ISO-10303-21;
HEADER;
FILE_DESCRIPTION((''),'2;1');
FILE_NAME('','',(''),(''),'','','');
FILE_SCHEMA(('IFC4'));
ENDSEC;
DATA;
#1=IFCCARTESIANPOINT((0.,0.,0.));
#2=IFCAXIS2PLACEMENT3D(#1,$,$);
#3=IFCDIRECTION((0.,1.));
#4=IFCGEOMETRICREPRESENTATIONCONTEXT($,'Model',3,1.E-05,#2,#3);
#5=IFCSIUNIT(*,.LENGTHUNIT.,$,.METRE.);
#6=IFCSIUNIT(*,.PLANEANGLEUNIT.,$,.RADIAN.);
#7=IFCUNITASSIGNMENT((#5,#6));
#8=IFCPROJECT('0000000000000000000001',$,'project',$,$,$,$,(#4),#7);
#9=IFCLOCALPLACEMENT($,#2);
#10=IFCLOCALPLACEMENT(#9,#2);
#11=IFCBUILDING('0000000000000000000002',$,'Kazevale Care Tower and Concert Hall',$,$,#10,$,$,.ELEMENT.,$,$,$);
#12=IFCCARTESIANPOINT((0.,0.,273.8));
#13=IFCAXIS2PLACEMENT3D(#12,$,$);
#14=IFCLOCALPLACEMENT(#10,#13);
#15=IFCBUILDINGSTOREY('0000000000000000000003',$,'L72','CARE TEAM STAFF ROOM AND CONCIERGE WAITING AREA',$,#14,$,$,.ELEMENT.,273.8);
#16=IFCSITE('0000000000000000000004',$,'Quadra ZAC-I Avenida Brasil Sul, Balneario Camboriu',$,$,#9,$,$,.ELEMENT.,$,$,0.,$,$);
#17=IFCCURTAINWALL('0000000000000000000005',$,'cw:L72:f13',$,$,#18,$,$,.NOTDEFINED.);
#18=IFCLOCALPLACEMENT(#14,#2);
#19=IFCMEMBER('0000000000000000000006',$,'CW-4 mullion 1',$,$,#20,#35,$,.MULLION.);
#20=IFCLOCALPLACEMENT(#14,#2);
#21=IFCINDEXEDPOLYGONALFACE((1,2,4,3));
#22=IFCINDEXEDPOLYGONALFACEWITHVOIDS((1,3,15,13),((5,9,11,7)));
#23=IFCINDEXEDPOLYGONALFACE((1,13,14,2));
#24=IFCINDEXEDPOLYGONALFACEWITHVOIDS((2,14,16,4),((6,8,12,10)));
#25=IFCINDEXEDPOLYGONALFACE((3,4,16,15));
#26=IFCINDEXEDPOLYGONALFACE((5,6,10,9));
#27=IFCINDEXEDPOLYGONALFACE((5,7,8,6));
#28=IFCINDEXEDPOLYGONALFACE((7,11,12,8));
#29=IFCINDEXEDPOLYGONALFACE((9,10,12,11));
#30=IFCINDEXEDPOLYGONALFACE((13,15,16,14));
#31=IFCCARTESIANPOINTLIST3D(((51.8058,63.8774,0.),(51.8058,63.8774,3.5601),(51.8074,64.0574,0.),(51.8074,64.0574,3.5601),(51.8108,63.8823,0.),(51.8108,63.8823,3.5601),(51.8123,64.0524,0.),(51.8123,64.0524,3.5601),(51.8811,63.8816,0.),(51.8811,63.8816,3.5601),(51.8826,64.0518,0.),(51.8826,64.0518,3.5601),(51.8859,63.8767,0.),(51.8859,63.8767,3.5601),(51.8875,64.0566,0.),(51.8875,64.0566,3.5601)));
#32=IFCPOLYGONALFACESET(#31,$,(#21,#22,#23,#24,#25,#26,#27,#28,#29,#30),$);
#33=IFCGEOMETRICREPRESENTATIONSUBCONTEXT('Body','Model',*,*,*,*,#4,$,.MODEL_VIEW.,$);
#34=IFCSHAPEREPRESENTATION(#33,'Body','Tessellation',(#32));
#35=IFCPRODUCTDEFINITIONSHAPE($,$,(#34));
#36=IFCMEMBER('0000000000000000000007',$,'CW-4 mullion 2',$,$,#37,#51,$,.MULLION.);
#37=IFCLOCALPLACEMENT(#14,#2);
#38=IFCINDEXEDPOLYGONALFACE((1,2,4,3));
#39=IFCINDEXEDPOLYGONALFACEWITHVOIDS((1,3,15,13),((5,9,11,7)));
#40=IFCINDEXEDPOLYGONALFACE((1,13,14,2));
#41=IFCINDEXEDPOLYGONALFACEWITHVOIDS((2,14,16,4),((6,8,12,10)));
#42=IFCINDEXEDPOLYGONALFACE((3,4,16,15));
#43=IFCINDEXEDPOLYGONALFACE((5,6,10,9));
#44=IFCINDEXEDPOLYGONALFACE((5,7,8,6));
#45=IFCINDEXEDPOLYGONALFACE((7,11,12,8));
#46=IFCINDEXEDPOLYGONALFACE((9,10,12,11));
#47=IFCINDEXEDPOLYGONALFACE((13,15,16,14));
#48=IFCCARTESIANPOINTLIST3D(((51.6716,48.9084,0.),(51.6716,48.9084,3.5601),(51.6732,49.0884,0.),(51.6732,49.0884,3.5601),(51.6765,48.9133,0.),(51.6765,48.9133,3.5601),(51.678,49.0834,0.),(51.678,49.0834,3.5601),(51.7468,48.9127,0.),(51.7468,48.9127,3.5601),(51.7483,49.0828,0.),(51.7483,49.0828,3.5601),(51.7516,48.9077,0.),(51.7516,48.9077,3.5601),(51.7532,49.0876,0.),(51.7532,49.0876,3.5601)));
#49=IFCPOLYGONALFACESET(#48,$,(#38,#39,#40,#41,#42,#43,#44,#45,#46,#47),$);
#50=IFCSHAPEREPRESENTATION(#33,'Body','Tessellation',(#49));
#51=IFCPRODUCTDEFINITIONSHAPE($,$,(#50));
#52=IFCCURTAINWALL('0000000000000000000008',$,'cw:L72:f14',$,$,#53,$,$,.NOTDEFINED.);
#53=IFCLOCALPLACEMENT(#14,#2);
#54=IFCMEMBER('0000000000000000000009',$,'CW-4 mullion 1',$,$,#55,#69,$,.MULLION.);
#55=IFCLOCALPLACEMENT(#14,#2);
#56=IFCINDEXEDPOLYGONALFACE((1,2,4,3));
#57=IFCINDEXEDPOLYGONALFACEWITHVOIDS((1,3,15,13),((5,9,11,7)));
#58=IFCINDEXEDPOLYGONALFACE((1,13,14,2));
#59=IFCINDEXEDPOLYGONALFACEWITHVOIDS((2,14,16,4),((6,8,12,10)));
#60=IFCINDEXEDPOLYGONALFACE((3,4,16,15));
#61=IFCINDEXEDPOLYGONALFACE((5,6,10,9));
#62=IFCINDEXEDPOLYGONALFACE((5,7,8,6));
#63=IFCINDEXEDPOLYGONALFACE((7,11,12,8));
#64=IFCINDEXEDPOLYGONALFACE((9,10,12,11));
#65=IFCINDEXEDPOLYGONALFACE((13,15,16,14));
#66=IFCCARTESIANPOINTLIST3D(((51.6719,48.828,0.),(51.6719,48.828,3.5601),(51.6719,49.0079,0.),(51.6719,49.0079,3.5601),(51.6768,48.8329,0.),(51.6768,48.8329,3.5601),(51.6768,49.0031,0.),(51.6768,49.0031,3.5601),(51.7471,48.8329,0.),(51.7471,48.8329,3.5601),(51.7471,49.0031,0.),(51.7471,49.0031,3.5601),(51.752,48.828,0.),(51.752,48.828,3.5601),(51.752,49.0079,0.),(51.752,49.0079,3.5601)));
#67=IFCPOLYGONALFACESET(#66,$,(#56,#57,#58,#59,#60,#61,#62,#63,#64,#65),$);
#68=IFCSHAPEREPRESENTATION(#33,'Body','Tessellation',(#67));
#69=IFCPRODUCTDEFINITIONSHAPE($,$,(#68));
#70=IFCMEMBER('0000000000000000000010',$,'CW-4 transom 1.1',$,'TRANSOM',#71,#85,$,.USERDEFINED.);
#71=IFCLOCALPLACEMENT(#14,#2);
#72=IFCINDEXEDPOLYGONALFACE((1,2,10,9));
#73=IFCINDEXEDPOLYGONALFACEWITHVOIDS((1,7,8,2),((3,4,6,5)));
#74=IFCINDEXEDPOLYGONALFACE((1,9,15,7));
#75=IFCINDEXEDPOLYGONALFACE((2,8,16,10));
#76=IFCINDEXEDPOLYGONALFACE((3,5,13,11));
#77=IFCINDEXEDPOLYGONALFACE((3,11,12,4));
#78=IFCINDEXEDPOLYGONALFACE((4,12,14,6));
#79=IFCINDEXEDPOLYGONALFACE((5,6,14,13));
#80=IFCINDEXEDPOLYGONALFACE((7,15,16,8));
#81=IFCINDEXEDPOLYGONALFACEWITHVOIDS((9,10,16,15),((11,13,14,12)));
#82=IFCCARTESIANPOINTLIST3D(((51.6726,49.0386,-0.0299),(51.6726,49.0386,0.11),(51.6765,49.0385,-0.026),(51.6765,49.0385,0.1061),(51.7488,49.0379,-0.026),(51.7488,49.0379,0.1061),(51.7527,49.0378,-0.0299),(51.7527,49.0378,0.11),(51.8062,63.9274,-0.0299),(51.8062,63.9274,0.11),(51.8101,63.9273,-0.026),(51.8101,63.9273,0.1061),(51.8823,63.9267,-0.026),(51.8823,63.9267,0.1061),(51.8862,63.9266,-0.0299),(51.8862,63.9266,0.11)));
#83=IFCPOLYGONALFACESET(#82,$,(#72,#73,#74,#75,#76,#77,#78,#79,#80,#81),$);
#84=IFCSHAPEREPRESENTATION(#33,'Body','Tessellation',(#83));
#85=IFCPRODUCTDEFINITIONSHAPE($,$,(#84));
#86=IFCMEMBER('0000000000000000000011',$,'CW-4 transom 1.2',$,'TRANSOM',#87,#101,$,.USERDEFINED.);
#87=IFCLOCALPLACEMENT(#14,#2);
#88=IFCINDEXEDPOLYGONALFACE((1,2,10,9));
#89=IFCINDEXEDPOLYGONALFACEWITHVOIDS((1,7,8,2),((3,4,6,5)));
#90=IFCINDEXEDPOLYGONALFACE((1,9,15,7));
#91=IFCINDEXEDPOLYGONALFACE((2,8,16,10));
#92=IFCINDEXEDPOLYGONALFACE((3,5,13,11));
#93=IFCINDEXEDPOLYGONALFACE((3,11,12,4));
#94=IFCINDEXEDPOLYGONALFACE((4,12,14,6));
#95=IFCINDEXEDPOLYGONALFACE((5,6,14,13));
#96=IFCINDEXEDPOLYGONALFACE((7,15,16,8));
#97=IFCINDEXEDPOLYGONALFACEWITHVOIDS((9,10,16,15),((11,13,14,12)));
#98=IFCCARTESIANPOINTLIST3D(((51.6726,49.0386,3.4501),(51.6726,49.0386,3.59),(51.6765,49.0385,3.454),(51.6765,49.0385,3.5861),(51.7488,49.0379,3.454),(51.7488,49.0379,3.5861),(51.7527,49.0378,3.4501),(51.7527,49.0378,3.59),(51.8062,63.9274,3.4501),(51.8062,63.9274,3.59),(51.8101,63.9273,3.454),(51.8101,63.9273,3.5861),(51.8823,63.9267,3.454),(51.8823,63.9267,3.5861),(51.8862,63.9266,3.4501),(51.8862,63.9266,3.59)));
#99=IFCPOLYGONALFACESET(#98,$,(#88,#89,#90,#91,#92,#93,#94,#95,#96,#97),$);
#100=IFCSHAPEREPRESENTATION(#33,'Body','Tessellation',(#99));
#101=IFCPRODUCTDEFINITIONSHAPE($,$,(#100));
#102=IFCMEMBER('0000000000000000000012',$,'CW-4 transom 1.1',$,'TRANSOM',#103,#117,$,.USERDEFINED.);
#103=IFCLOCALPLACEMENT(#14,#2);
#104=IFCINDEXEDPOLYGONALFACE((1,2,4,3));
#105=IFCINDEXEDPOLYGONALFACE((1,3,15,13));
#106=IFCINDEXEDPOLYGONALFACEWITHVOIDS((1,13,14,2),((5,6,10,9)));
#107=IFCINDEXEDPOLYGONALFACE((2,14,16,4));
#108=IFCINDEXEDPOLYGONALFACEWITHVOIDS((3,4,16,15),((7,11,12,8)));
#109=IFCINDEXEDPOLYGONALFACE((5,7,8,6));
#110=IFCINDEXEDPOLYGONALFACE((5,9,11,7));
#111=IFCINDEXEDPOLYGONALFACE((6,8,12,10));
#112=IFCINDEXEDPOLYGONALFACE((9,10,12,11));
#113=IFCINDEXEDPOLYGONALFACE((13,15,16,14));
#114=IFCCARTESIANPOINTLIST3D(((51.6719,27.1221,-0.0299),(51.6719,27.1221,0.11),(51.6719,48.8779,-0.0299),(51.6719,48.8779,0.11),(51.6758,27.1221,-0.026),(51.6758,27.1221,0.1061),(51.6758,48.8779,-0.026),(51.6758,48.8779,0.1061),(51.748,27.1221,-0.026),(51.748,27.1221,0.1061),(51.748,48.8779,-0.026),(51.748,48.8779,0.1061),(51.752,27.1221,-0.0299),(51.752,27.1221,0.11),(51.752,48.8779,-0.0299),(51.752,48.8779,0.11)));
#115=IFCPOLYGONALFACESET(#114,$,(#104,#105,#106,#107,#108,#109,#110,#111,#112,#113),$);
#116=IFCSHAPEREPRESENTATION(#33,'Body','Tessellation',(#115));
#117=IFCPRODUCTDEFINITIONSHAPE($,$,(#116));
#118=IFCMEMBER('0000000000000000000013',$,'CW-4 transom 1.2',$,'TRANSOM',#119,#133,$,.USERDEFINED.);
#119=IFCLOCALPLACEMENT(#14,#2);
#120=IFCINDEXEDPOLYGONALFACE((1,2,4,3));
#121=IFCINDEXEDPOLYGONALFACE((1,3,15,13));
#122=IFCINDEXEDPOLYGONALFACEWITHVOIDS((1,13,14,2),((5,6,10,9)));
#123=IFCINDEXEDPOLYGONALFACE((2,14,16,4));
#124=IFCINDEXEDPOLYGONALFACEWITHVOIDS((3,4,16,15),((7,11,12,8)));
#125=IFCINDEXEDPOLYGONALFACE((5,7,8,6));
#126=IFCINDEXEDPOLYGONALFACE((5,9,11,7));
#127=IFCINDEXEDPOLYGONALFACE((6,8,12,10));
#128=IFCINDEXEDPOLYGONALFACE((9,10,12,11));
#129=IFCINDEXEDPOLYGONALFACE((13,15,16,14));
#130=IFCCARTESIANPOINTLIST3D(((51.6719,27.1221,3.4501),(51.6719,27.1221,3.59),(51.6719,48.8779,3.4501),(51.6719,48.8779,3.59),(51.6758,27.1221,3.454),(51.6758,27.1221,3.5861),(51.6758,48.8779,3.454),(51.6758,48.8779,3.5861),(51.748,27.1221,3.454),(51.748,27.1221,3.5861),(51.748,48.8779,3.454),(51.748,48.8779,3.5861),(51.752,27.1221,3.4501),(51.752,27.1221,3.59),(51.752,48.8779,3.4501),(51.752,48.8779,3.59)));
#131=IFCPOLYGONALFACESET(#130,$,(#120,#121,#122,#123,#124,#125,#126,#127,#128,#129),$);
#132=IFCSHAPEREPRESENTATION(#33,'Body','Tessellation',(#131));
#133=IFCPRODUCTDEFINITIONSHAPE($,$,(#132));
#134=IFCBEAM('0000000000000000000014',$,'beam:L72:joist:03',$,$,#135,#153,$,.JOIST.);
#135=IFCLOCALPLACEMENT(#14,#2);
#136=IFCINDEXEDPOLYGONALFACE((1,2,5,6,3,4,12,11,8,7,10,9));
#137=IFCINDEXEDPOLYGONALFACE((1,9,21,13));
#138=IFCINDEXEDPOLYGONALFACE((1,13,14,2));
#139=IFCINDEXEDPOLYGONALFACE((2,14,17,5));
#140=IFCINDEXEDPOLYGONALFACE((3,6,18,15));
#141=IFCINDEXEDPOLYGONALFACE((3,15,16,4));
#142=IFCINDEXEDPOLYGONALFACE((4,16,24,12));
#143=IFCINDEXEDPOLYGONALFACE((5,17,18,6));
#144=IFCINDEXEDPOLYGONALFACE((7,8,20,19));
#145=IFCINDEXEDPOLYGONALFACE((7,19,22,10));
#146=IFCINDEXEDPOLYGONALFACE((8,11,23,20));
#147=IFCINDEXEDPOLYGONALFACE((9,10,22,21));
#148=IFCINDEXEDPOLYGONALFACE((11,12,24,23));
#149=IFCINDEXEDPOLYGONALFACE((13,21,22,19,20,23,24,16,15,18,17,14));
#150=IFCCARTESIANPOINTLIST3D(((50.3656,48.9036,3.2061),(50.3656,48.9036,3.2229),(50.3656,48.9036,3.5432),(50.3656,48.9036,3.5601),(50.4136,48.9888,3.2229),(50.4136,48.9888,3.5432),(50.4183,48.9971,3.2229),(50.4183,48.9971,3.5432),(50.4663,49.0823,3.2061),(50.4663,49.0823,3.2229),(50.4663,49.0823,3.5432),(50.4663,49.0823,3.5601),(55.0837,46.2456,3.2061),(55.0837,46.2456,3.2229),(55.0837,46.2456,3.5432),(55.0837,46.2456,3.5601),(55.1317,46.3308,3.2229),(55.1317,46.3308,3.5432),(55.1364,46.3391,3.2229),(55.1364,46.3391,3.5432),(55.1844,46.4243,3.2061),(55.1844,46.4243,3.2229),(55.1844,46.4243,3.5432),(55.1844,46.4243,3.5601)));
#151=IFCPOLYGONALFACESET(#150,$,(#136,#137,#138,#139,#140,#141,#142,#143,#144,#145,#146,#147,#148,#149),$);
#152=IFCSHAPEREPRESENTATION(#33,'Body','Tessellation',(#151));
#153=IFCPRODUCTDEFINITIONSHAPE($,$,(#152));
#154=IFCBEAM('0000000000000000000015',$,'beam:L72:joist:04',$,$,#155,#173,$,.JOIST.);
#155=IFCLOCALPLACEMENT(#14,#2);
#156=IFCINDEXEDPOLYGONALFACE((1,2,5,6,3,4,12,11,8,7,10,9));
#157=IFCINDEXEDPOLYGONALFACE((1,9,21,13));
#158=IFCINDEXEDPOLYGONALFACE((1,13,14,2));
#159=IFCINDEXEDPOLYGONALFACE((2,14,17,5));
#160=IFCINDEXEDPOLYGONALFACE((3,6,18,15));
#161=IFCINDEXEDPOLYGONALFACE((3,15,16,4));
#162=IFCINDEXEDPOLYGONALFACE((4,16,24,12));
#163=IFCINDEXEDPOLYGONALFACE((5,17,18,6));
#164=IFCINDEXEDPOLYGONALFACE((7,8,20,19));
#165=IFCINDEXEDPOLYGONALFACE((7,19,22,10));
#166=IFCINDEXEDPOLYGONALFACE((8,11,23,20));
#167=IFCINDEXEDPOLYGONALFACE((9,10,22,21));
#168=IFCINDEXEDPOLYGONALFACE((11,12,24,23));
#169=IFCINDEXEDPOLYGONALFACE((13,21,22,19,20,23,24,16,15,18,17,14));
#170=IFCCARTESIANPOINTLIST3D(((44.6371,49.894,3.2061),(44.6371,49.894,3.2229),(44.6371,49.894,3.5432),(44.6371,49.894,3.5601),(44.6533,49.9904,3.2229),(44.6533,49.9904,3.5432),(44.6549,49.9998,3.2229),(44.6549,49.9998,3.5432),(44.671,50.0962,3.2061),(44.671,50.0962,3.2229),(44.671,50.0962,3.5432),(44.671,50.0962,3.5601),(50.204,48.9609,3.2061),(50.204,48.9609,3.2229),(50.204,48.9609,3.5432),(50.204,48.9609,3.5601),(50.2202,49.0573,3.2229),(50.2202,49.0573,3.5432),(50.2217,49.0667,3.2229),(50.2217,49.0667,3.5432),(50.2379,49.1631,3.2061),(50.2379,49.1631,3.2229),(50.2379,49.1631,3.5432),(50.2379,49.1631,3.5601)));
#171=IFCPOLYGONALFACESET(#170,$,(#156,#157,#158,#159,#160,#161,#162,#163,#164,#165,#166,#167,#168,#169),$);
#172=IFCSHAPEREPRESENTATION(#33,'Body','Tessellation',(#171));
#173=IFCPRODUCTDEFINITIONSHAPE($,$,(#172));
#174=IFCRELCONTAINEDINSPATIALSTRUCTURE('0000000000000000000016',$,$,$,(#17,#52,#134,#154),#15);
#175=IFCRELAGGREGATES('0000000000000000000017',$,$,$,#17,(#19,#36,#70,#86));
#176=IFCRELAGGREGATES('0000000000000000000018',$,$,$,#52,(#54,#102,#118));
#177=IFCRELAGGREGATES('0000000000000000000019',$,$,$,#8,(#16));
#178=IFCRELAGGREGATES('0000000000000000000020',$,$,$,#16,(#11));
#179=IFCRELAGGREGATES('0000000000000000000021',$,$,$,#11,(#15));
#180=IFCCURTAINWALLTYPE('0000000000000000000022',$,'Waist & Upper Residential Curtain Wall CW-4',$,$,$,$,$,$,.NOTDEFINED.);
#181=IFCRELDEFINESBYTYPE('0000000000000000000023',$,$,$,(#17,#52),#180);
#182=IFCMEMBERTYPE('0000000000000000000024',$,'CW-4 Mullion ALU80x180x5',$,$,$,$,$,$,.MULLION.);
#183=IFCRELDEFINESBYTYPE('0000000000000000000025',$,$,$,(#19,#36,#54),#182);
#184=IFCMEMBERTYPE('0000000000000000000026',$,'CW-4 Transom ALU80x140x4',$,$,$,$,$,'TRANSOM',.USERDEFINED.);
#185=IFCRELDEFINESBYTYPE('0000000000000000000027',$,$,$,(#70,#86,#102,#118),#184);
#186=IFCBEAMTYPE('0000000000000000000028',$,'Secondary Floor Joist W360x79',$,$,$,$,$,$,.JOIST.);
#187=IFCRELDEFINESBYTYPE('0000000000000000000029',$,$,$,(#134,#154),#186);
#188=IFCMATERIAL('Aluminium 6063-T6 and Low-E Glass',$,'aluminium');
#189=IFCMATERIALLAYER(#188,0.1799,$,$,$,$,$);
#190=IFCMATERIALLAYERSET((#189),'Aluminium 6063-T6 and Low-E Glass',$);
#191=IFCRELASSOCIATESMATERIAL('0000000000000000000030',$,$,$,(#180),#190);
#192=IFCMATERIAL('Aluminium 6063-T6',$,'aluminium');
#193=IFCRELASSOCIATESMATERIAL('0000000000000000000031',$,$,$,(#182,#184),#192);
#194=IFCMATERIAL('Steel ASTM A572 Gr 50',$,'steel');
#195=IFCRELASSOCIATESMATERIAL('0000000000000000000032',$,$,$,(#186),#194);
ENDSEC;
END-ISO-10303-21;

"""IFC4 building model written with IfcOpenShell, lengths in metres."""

from ifc_helpers import new_model, si_unit, direction, frame, origin, origin_2d, place, context, subcontext, project, spatial, hollow_rectangle, i_section, extrude, material, layer, layer_set, material_profile, profile_set, type_object, element, aggregate, save


model = new_model("IFC4")

# Units and contexts
model_context = context("Model", 3, precision=1e-05, world=origin(), true_north=direction((0.0, 1.0)))
body_context = subcontext(model_context, "Body", "Model", "MODEL_VIEW")
ifc_project = project(units=[si_unit("LENGTHUNIT", "METRE"), si_unit("PLANEANGLEUNIT", "RADIAN")], contexts=[model_context])

# Site, building, storey
site_placement = place(None, origin())
site = spatial("IfcSite", under=ifc_project, at=site_placement, Name="Quadra ZAC-I Avenida Brasil Sul, Balneario Camboriu", CompositionType="ELEMENT", RefElevation=0.0)
building_placement = place(site_placement, origin())
building = spatial("IfcBuilding", under=site, at=building_placement, Name="Kazevale Care Tower and Concert Hall", CompositionType="ELEMENT")
storey_placement = place(building_placement, frame((0.0, 0.0, 273.8)))
storey = spatial("IfcBuildingStorey", under=building, at=storey_placement, Name="L72", Description="CARE TEAM STAFF ROOM AND CONCIERGE WAITING AREA", CompositionType="ELEMENT", Elevation=273.8)

# Shared definitions
ifc_material_1 = material(Name="Aluminium 6063-T6 and Low-E Glass", Category="aluminium")
ifc_layer_1 = layer(ifc_material_1, 0.1799)
ifc_layer_set_1 = layer_set([ifc_layer_1], Name="Aluminium 6063-T6 and Low-E Glass")
curtain_wall_type = type_object("IfcCurtainWallType", Name="Waist & Upper Residential Curtain Wall CW-4", PredefinedType="NOTDEFINED", material=ifc_layer_set_1)
ifc_material_2 = material(Name="Aluminium 6063-T6", Category="aluminium")
ifc_material_profile_1 = material_profile(ifc_material_2, hollow_rectangle(XDim=0.0801, YDim=0.1799, WallThickness=0.0049, at=origin_2d()), Name="ALU80x180x5")
ifc_profile_set_1 = profile_set([ifc_material_profile_1], Name="Aluminium 6063-T6")
member_type_1 = type_object("IfcMemberType", Name="CW-4 Mullion ALU80x180x5", PredefinedType="MULLION", material=ifc_profile_set_1)

# Curtain wall, members
curtain_wall_1_placement = place(storey_placement, origin())
curtain_wall_1 = element("IfcCurtainWall", 1, at=curtain_wall_1_placement, inside=storey, type_object=curtain_wall_type, Name="cw:L72:f13", PredefinedType="NOTDEFINED")
member_1_placement = place(storey_placement, frame((51.8467, 63.967, 0.0), z_axis=(0.0, 0.0, 1.0), x_axis=(0.99996, -0.00897, 0.0)))
member_1 = element("IfcMember", 2, at=member_1_placement, type_object=member_type_1, Name="CW-4 mullion 1", PredefinedType="MULLION", context=body_context, shape_type="SweptSolid", body=[
    extrude(hollow_rectangle(XDim=0.0801, YDim=0.1799, WallThickness=0.0049, at=origin_2d()), origin(), (0.0, 0.0, 1.0), 3.5601),
])
member_2_placement = place(storey_placement, frame((51.7124, 48.998, 0.0), z_axis=(0.0, 0.0, 1.0), x_axis=(0.99996, -0.00897, 0.0)))
member_2 = element("IfcMember", 3, at=member_2_placement, type_object=member_type_1, Name="CW-4 mullion 2", PredefinedType="MULLION", context=body_context, shape_type="SweptSolid", body=[
    extrude(hollow_rectangle(XDim=0.0801, YDim=0.1799, WallThickness=0.0049, at=origin_2d()), origin(), (0.0, 0.0, 1.0), 3.5601),
])

# Curtain wall, member
curtain_wall_2_placement = place(storey_placement, origin())
curtain_wall_2 = element("IfcCurtainWall", 4, at=curtain_wall_2_placement, inside=storey, type_object=curtain_wall_type, Name="cw:L72:f14", PredefinedType="NOTDEFINED")
member_3_placement = place(storey_placement, frame((51.7119, 48.918, 0.0), z_axis=(0.0, 0.0, 1.0), x_axis=(1.0, 0.0, 0.0)))
member_3 = element("IfcMember", 5, at=member_3_placement, type_object=member_type_1, Name="CW-4 mullion 1", PredefinedType="MULLION", context=body_context, shape_type="SweptSolid", body=[
    extrude(hollow_rectangle(XDim=0.0801, YDim=0.1799, WallThickness=0.0049, at=origin_2d()), origin(), (0.0, 0.0, 1.0), 3.5601),
])

# Members
ifc_material_profile_2 = material_profile(ifc_material_2, hollow_rectangle(XDim=0.0801, YDim=0.1399, WallThickness=0.0039, at=origin_2d()), Name="ALU80x140x4")
ifc_profile_set_2 = profile_set([ifc_material_profile_2], Name="Aluminium 6063-T6")
member_type_2 = type_object("IfcMemberType", Name="CW-4 Transom ALU80x140x4", ElementType="TRANSOM", PredefinedType="USERDEFINED", material=ifc_profile_set_2)
member_4_placement = place(storey_placement, frame((51.8462, 63.927, 0.04), z_axis=(-0.008969, -0.99996, 0.0), x_axis=(0.99996, -0.008969, 0.0)))
member_4 = element("IfcMember", 6, at=member_4_placement, type_object=member_type_2, Name="CW-4 transom 1.1", ObjectType="TRANSOM", PredefinedType="USERDEFINED", context=body_context, shape_type="SweptSolid", body=[
    extrude(hollow_rectangle(XDim=0.0801, YDim=0.1399, WallThickness=0.0039, at=origin_2d()), origin(), (0.0, 0.0, 1.0), 14.8894),
])
member_5_placement = place(storey_placement, frame((51.8462, 63.927, 3.52), z_axis=(-0.008969, -0.99996, 0.0), x_axis=(0.99996, -0.008969, 0.0)))
member_5 = element("IfcMember", 7, at=member_5_placement, type_object=member_type_2, Name="CW-4 transom 1.2", ObjectType="TRANSOM", PredefinedType="USERDEFINED", context=body_context, shape_type="SweptSolid", body=[
    extrude(hollow_rectangle(XDim=0.0801, YDim=0.1399, WallThickness=0.0039, at=origin_2d()), origin(), (0.0, 0.0, 1.0), 14.8894),
])
member_6_placement = place(storey_placement, frame((51.7119, 48.8779, 0.04), z_axis=(0.0, -1.0, 0.0), x_axis=(1.0, 0.0, 0.0)))
member_6 = element("IfcMember", 8, at=member_6_placement, type_object=member_type_2, Name="CW-4 transom 1.1", ObjectType="TRANSOM", PredefinedType="USERDEFINED", context=body_context, shape_type="SweptSolid", body=[
    extrude(hollow_rectangle(XDim=0.0801, YDim=0.1399, WallThickness=0.0039, at=origin_2d()), origin(), (0.0, 0.0, 1.0), 21.7559),
])
member_7_placement = place(storey_placement, frame((51.7119, 48.8779, 3.52), z_axis=(0.0, -1.0, 0.0), x_axis=(1.0, 0.0, 0.0)))
member_7 = element("IfcMember", 9, at=member_7_placement, type_object=member_type_2, Name="CW-4 transom 1.2", ObjectType="TRANSOM", PredefinedType="USERDEFINED", context=body_context, shape_type="SweptSolid", body=[
    extrude(hollow_rectangle(XDim=0.0801, YDim=0.1399, WallThickness=0.0039, at=origin_2d()), origin(), (0.0, 0.0, 1.0), 21.7559),
])

# Beams
ifc_material_3 = material(Name="Steel ASTM A572 Gr 50", Category="steel")
ifc_material_profile_3 = material_profile(ifc_material_3, i_section(OverallWidth=0.2051, OverallDepth=0.354, WebThickness=0.0095, FlangeThickness=0.0168, at=origin_2d()), Name="W360x79")
ifc_profile_set_3 = profile_set([ifc_material_profile_3], Name="Steel ASTM A572 Gr 50")
beam_type_1 = type_object("IfcBeamType", Name="Secondary Floor Joist W360x79", PredefinedType="JOIST", material=ifc_profile_set_3)
beam_1_placement = place(storey_placement, frame((55.134, 46.335, 3.3831), z_axis=(-0.871254, 0.490833, 0.0), x_axis=(-0.490833, -0.871254, 0.0)))
element("IfcBeam", 10, at=beam_1_placement, inside=storey, type_object=beam_type_1, Name="beam:L72:joist:03", PredefinedType="JOIST", context=body_context, shape_type="SweptSolid", body=[
    extrude(i_section(OverallWidth=0.2051, OverallDepth=0.354, WebThickness=0.0095, FlangeThickness=0.0168, at=origin_2d()), origin(), (0.0, 0.0, 1.0), 5.4153),
])
beam_2_placement = place(storey_placement, frame((50.2209, 49.062, 3.3831), z_axis=(-0.986242, 0.165311, 0.0), x_axis=(-0.165311, -0.986242, 0.0)))
element("IfcBeam", 11, at=beam_2_placement, inside=storey, type_object=beam_type_1, Name="beam:L72:joist:04", PredefinedType="JOIST", context=body_context, shape_type="SweptSolid", body=[
    extrude(i_section(OverallWidth=0.2051, OverallDepth=0.354, WebThickness=0.0095, FlangeThickness=0.0168, at=origin_2d()), origin(), (0.0, 0.0, 1.0), 5.6445),
])

aggregate(curtain_wall_1, [member_1, member_2, member_4, member_5])
aggregate(curtain_wall_2, [member_3, member_6, member_7])

save(model, "model.ifc")
